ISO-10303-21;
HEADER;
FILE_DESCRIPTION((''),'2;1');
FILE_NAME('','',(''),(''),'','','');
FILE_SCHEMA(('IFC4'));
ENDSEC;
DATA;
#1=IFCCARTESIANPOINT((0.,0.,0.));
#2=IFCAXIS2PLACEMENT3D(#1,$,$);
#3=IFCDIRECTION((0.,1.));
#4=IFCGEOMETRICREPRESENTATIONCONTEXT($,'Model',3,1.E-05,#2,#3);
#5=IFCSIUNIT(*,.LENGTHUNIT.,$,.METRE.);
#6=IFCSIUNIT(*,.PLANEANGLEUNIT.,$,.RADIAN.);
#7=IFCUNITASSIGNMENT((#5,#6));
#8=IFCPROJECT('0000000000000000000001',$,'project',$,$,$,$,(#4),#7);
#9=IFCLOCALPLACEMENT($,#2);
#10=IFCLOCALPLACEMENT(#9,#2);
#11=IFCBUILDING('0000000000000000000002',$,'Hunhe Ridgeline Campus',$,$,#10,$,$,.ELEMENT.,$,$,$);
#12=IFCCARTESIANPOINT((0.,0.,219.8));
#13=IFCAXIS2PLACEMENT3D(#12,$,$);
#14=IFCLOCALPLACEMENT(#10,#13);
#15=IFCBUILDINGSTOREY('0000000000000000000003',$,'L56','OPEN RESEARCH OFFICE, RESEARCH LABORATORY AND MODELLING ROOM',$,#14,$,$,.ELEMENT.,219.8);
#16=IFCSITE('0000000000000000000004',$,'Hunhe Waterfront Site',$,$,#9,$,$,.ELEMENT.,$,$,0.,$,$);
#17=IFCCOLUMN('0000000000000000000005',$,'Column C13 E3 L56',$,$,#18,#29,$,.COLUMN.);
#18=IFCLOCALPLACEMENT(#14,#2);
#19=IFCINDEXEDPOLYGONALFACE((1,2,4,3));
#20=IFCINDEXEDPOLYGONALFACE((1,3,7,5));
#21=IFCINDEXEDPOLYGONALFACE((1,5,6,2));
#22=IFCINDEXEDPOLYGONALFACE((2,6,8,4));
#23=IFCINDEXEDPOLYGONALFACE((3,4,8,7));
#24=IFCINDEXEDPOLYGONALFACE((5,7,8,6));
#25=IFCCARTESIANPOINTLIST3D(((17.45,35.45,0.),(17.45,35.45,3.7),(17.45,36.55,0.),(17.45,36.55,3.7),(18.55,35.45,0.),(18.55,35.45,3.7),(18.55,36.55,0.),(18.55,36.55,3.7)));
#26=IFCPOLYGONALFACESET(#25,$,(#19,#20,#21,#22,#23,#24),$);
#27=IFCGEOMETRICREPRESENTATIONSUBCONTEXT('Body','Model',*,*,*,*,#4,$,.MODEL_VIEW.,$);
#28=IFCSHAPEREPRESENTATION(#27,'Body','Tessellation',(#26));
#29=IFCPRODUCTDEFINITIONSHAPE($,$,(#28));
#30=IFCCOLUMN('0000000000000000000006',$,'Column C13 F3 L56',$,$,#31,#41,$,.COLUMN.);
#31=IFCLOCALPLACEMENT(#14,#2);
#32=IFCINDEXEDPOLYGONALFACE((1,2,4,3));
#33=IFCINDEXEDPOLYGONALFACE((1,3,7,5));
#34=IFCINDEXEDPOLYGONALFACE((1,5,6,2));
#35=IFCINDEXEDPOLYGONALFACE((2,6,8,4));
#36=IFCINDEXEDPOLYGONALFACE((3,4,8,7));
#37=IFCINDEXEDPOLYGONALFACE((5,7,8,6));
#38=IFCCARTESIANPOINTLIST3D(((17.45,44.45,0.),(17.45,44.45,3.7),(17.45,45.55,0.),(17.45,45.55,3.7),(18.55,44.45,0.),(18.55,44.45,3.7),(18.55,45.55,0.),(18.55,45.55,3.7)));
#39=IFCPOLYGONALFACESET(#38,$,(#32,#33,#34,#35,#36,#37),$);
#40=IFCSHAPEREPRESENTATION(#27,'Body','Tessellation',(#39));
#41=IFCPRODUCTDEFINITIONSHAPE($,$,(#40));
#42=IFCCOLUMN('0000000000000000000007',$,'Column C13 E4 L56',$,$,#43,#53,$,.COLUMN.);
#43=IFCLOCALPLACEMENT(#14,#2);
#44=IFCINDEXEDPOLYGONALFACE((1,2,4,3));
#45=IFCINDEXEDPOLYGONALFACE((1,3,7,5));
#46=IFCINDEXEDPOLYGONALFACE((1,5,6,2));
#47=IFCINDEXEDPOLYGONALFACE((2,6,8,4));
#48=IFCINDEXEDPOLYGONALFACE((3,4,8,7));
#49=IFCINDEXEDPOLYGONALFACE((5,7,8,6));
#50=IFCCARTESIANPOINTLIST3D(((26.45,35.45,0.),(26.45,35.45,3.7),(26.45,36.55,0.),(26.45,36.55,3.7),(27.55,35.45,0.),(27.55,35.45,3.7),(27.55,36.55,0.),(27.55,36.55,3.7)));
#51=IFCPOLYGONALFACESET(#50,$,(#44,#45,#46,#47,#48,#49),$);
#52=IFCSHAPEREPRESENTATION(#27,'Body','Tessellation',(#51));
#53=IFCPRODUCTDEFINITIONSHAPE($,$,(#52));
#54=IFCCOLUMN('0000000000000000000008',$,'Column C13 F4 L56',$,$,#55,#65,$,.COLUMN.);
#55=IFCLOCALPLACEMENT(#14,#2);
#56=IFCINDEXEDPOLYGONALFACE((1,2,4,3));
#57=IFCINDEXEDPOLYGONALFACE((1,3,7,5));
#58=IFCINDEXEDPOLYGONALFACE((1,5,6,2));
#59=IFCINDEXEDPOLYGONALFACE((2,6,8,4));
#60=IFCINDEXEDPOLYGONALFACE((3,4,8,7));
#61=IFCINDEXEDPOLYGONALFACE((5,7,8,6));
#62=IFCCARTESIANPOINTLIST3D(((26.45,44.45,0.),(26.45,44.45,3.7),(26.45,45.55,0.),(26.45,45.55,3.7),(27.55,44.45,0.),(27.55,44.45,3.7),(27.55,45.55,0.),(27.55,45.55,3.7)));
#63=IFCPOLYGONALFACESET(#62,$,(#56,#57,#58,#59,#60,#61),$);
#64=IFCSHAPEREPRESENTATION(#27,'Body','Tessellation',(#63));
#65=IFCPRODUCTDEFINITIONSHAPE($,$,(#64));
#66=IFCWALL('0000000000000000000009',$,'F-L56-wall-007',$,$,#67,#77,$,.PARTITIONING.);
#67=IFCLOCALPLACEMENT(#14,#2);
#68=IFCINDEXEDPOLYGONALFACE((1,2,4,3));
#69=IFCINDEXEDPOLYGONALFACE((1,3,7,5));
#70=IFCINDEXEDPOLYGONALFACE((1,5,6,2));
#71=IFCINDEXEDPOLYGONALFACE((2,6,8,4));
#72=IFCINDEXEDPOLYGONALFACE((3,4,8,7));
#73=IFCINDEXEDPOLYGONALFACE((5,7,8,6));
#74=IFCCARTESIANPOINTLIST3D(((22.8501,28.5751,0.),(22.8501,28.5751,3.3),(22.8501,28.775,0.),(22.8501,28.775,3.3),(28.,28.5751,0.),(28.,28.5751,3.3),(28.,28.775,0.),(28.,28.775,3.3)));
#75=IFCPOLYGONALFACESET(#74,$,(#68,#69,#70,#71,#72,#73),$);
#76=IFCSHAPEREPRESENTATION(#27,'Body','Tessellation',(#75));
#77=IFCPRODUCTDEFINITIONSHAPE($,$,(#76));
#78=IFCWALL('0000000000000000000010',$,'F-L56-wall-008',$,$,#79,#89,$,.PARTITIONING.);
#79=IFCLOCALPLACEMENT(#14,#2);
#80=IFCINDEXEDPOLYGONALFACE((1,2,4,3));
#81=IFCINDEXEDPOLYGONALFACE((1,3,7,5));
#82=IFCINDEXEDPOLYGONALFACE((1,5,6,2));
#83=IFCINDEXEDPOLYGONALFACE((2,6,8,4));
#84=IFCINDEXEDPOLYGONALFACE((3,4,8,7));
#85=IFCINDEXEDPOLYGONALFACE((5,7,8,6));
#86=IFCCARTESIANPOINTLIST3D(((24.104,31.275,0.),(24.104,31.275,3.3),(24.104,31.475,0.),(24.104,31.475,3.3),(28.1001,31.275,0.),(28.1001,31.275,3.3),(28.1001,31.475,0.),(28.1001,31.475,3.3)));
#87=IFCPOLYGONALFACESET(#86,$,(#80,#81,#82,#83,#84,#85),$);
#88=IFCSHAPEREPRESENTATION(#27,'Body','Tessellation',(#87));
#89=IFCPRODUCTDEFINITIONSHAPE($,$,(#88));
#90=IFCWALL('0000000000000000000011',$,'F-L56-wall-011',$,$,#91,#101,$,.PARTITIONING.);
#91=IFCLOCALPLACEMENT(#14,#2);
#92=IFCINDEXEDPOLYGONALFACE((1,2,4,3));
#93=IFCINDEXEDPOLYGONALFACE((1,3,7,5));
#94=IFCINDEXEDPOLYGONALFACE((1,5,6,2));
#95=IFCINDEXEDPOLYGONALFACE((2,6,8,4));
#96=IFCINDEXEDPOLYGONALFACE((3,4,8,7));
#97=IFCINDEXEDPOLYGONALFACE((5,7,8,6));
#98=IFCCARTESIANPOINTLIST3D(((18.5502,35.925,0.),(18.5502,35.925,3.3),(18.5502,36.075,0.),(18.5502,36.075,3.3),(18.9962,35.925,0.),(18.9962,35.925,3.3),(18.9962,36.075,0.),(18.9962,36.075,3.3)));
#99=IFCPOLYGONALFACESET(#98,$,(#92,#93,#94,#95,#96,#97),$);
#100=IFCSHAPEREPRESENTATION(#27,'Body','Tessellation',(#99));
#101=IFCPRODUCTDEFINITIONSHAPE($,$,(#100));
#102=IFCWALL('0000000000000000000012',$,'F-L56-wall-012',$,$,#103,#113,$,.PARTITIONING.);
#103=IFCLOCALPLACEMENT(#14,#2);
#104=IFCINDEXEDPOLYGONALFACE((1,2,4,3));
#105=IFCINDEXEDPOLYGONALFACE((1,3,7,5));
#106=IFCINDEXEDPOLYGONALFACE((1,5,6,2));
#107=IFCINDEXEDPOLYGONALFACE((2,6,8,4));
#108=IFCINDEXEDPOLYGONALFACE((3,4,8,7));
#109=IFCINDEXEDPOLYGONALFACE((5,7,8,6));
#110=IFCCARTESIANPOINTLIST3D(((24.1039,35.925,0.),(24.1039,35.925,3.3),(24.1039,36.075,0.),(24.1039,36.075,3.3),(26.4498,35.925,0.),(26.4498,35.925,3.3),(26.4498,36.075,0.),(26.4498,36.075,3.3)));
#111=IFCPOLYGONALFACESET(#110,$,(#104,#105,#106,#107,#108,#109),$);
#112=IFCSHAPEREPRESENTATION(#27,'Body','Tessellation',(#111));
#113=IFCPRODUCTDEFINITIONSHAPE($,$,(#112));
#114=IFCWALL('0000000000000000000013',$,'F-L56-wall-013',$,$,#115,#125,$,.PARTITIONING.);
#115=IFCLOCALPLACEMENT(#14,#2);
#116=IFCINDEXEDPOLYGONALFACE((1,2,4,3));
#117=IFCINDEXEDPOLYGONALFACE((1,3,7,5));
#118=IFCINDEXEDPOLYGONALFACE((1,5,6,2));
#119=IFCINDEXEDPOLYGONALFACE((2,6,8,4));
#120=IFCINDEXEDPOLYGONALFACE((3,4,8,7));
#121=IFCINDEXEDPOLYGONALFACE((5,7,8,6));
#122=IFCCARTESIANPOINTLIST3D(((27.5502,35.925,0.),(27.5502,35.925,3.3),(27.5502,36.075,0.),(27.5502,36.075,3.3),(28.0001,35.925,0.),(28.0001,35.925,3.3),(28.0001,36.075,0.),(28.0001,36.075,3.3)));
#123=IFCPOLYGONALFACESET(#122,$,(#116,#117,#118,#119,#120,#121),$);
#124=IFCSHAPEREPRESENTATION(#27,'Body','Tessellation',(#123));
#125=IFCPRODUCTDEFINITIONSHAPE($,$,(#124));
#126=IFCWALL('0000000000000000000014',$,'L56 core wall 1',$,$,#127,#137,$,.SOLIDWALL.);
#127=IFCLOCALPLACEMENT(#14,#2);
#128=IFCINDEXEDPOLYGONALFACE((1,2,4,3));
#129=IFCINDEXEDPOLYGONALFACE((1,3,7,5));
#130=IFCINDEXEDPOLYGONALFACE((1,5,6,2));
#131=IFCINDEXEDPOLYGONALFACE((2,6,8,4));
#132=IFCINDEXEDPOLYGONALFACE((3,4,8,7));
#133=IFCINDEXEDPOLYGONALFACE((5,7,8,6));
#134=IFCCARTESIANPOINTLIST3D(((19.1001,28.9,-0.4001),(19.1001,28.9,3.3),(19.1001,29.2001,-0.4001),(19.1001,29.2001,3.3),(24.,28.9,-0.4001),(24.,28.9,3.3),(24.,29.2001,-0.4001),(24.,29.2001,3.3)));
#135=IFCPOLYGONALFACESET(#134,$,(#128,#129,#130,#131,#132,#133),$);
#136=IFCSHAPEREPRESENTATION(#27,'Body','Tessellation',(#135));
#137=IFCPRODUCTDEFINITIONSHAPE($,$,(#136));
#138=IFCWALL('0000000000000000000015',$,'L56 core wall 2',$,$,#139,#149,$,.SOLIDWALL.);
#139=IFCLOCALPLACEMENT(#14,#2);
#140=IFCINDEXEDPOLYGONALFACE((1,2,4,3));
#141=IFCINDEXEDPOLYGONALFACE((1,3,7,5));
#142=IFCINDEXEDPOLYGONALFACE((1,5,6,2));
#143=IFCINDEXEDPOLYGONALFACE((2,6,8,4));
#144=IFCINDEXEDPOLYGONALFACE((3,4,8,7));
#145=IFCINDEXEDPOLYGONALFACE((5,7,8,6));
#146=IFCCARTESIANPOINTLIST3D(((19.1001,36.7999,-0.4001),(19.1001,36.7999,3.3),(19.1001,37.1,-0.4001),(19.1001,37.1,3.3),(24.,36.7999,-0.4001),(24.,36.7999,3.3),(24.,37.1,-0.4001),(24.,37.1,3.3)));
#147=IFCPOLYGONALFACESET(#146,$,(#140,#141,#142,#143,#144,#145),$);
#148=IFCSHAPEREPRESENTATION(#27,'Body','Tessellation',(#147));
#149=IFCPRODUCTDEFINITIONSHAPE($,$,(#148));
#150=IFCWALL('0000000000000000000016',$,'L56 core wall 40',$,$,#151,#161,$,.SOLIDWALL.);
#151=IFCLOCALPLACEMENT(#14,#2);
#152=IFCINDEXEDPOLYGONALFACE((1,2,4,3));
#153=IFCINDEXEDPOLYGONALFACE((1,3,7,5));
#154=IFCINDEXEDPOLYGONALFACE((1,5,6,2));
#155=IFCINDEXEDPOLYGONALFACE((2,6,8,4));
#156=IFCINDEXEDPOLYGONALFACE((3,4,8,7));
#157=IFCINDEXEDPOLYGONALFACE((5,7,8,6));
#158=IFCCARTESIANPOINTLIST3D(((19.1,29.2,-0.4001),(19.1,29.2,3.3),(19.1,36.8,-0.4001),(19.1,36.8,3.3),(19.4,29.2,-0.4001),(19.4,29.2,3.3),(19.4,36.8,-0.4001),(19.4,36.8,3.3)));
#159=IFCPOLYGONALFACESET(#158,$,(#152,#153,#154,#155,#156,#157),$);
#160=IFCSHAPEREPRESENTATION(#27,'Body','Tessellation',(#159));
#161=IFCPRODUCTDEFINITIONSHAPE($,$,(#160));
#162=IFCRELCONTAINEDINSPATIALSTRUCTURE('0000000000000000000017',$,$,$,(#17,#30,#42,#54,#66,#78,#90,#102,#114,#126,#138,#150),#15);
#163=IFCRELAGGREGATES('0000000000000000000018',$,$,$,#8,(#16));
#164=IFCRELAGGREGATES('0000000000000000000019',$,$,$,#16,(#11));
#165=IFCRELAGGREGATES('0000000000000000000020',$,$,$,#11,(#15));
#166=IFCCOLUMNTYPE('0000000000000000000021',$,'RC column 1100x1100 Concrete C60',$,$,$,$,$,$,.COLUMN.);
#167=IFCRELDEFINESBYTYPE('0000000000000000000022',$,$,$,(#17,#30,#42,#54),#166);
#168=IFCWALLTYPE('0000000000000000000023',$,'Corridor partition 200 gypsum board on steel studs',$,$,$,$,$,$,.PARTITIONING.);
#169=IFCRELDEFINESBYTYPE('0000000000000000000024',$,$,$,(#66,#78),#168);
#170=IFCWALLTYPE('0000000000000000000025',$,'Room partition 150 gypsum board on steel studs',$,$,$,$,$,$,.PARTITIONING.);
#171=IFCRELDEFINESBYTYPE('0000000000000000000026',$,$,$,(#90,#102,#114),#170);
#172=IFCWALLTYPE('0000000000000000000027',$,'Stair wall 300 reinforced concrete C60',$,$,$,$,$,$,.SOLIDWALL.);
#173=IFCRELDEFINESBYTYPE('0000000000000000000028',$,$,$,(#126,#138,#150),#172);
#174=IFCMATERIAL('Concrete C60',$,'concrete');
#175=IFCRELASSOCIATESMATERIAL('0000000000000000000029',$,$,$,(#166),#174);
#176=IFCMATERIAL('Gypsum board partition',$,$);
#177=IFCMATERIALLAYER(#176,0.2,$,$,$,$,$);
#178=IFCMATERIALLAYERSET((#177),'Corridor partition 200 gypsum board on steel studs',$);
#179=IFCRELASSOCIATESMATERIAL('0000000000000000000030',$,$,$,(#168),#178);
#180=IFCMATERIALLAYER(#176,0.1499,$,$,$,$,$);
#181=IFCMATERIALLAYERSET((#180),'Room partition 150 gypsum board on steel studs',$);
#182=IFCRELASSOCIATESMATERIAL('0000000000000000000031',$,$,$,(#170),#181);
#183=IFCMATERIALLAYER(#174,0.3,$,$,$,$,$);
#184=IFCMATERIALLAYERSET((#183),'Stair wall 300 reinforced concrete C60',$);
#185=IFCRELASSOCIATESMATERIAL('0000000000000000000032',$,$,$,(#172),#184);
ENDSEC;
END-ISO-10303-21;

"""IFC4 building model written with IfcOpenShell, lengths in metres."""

from ifc_helpers import new_model, si_unit, direction, frame, frame_2d, origin, origin_2d, place, context, subcontext, project, spatial, rectangle, extrude, material, layer, layer_set, material_profile, profile_set, type_object, element, save


model = new_model("IFC4")

# Units and contexts
model_context = context("Model", 3, precision=1e-05, world=origin(), true_north=direction((0.0, 1.0)))
body_context = subcontext(model_context, "Body", "Model", "MODEL_VIEW")
ifc_project = project(units=[si_unit("LENGTHUNIT", "METRE"), si_unit("PLANEANGLEUNIT", "RADIAN")], contexts=[model_context])

# Site, building, storey
site_placement = place(None, origin())
site = spatial("IfcSite", under=ifc_project, at=site_placement, Name="Hunhe Waterfront Site", CompositionType="ELEMENT", RefElevation=0.0)
building_placement = place(site_placement, origin())
building = spatial("IfcBuilding", under=site, at=building_placement, Name="Hunhe Ridgeline Campus", CompositionType="ELEMENT")
storey_placement = place(building_placement, frame((0.0, 0.0, 219.8)))
storey = spatial("IfcBuildingStorey", under=building, at=storey_placement, Name="L56", Description="OPEN RESEARCH OFFICE, RESEARCH LABORATORY AND MODELLING ROOM", CompositionType="ELEMENT", Elevation=219.8)

# Columns
ifc_material_1 = material(Name="Concrete C60", Category="concrete")
ifc_material_profile = material_profile(ifc_material_1, rectangle(XDim=1.1001, YDim=1.1001, at=origin_2d()))
ifc_profile_set = profile_set([ifc_material_profile], Name="Concrete C60")
column_type = type_object("IfcColumnType", Name="RC column 1100x1100 Concrete C60", PredefinedType="COLUMN", material=ifc_profile_set)
for number, where, z_axis, x_axis, name in (
    (1, (18.0, 36.0, 0.0), (0.0, 0.0, 1.0), (1.0, 0.0, 0.0), "Column C13 E3 L56"),
    (2, (18.0, 45.0, 0.0), (0.0, 0.0, 1.0), (1.0, 0.0, 0.0), "Column C13 F3 L56"),
    (3, (27.0, 36.0, 0.0), (0.0, 0.0, 1.0), (1.0, 0.0, 0.0), "Column C13 E4 L56"),
    (4, (27.0, 45.0, 0.0), (0.0, 0.0, 1.0), (1.0, 0.0, 0.0), "Column C13 F4 L56"),
):
    element("IfcColumn", number, at=place(storey_placement, frame(where, z_axis=z_axis, x_axis=x_axis)), inside=storey, type_object=column_type, Name=name, PredefinedType="COLUMN", context=body_context, shape_type="SweptSolid", body=[
        extrude(rectangle(XDim=1.1001, YDim=1.1001, at=origin_2d()), origin(), (0.0, 0.0, 1.0), 3.7),
    ])

# Walls
ifc_material_2 = material(Name="Gypsum board partition")
ifc_layer_1 = layer(ifc_material_2, 0.2)
ifc_layer_set_1 = layer_set([ifc_layer_1], Name="Corridor partition 200 gypsum board on steel studs")
wall_type_1 = type_object("IfcWallType", Name="Corridor partition 200 gypsum board on steel studs", PredefinedType="PARTITIONING", material=ifc_layer_set_1)
wall_1_placement = place(storey_placement, frame((28.0, 28.675, 0.0), z_axis=(0.0, 0.0, 1.0), x_axis=(-1.0, 0.0, 0.0)))
element("IfcWall", 5, at=wall_1_placement, inside=storey, type_object=wall_type_1, Name="F-L56-wall-007", PredefinedType="PARTITIONING", context=body_context, shape_type="SweptSolid", body=[
    extrude(rectangle(XDim=5.1499, YDim=0.2, at=frame_2d((2.575, 0.0))), origin(), (0.0, 0.0, 1.0), 3.3),
])
wall_2_placement = place(storey_placement, frame((24.104, 31.375, 0.0), z_axis=(0.0, 0.0, 1.0), x_axis=(1.0, 0.0, 0.0)))
element("IfcWall", 6, at=wall_2_placement, inside=storey, type_object=wall_type_1, Name="F-L56-wall-008", PredefinedType="PARTITIONING", context=body_context, shape_type="SweptSolid", body=[
    extrude(rectangle(XDim=3.9961, YDim=0.2, at=frame_2d((1.998, 0.0))), origin(), (0.0, 0.0, 1.0), 3.3),
])

# Walls
ifc_layer_2 = layer(ifc_material_2, 0.1499)
ifc_layer_set_2 = layer_set([ifc_layer_2], Name="Room partition 150 gypsum board on steel studs")
wall_type_2 = type_object("IfcWallType", Name="Room partition 150 gypsum board on steel studs", PredefinedType="PARTITIONING", material=ifc_layer_set_2)
wall_3_placement = place(storey_placement, frame((18.55, 36.0, 0.0), z_axis=(0.0, 0.0, 1.0), x_axis=(1.0, 0.0, 0.0)))
element("IfcWall", 7, at=wall_3_placement, inside=storey, type_object=wall_type_2, Name="F-L56-wall-011", PredefinedType="PARTITIONING", context=body_context, shape_type="SweptSolid", body=[
    extrude(rectangle(XDim=0.446, YDim=0.1499, at=frame_2d((0.2231, 0.0))), origin(), (0.0, 0.0, 1.0), 3.3),
])
wall_4_placement = place(storey_placement, frame((24.104, 36.0, 0.0), z_axis=(0.0, 0.0, 1.0), x_axis=(1.0, 0.0, 0.0)))
element("IfcWall", 8, at=wall_4_placement, inside=storey, type_object=wall_type_2, Name="F-L56-wall-012", PredefinedType="PARTITIONING", context=body_context, shape_type="SweptSolid", body=[
    extrude(rectangle(XDim=2.3459, YDim=0.1499, at=frame_2d((1.1729, 0.0))), origin(), (0.0, 0.0, 1.0), 3.3),
])
wall_5_placement = place(storey_placement, frame((27.55, 36.0, 0.0), z_axis=(0.0, 0.0, 1.0), x_axis=(1.0, 0.0, 0.0)))
element("IfcWall", 9, at=wall_5_placement, inside=storey, type_object=wall_type_2, Name="F-L56-wall-013", PredefinedType="PARTITIONING", context=body_context, shape_type="SweptSolid", body=[
    extrude(rectangle(XDim=0.45, YDim=0.1499, at=frame_2d((0.2251, 0.0))), origin(), (0.0, 0.0, 1.0), 3.3),
])
ifc_layer_3 = layer(ifc_material_1, 0.3)
ifc_layer_set_3 = layer_set([ifc_layer_3], Name="Stair wall 300 reinforced concrete C60")
wall_type_3 = type_object("IfcWallType", Name="Stair wall 300 reinforced concrete C60", PredefinedType="SOLIDWALL", material=ifc_layer_set_3)
for number, where, z_axis, x_axis, name in (
    (10, (19.1001, 29.05, -0.4001), (0.0, 0.0, 1.0), (1.0, 0.0, 0.0), "L56 core wall 1"),
    (11, (19.1001, 36.95, -0.4001), (0.0, 0.0, 1.0), (1.0, 0.0, 0.0), "L56 core wall 2"),
):
    element("IfcWall", number, at=place(storey_placement, frame(where, z_axis=z_axis, x_axis=x_axis)), inside=storey, type_object=wall_type_3, Name=name, PredefinedType="SOLIDWALL", context=body_context, shape_type="SweptSolid", body=[
        extrude(rectangle(XDim=4.8999, YDim=0.3, at=frame_2d((2.45, 0.0))), origin(), (0.0, 0.0, 1.0), 3.7002),
    ])
wall_6_placement = place(storey_placement, frame((19.25, 29.2, -0.4001), z_axis=(0.0, 0.0, 1.0), x_axis=(0.0, 1.0, 0.0)))
element("IfcWall", 12, at=wall_6_placement, inside=storey, type_object=wall_type_3, Name="L56 core wall 40", PredefinedType="SOLIDWALL", context=body_context, shape_type="SweptSolid", body=[
    extrude(rectangle(XDim=7.6001, YDim=0.3, at=frame_2d((3.8, 0.0))), origin(), (0.0, 0.0, 1.0), 3.7002),
])

save(model, "model.ifc")
